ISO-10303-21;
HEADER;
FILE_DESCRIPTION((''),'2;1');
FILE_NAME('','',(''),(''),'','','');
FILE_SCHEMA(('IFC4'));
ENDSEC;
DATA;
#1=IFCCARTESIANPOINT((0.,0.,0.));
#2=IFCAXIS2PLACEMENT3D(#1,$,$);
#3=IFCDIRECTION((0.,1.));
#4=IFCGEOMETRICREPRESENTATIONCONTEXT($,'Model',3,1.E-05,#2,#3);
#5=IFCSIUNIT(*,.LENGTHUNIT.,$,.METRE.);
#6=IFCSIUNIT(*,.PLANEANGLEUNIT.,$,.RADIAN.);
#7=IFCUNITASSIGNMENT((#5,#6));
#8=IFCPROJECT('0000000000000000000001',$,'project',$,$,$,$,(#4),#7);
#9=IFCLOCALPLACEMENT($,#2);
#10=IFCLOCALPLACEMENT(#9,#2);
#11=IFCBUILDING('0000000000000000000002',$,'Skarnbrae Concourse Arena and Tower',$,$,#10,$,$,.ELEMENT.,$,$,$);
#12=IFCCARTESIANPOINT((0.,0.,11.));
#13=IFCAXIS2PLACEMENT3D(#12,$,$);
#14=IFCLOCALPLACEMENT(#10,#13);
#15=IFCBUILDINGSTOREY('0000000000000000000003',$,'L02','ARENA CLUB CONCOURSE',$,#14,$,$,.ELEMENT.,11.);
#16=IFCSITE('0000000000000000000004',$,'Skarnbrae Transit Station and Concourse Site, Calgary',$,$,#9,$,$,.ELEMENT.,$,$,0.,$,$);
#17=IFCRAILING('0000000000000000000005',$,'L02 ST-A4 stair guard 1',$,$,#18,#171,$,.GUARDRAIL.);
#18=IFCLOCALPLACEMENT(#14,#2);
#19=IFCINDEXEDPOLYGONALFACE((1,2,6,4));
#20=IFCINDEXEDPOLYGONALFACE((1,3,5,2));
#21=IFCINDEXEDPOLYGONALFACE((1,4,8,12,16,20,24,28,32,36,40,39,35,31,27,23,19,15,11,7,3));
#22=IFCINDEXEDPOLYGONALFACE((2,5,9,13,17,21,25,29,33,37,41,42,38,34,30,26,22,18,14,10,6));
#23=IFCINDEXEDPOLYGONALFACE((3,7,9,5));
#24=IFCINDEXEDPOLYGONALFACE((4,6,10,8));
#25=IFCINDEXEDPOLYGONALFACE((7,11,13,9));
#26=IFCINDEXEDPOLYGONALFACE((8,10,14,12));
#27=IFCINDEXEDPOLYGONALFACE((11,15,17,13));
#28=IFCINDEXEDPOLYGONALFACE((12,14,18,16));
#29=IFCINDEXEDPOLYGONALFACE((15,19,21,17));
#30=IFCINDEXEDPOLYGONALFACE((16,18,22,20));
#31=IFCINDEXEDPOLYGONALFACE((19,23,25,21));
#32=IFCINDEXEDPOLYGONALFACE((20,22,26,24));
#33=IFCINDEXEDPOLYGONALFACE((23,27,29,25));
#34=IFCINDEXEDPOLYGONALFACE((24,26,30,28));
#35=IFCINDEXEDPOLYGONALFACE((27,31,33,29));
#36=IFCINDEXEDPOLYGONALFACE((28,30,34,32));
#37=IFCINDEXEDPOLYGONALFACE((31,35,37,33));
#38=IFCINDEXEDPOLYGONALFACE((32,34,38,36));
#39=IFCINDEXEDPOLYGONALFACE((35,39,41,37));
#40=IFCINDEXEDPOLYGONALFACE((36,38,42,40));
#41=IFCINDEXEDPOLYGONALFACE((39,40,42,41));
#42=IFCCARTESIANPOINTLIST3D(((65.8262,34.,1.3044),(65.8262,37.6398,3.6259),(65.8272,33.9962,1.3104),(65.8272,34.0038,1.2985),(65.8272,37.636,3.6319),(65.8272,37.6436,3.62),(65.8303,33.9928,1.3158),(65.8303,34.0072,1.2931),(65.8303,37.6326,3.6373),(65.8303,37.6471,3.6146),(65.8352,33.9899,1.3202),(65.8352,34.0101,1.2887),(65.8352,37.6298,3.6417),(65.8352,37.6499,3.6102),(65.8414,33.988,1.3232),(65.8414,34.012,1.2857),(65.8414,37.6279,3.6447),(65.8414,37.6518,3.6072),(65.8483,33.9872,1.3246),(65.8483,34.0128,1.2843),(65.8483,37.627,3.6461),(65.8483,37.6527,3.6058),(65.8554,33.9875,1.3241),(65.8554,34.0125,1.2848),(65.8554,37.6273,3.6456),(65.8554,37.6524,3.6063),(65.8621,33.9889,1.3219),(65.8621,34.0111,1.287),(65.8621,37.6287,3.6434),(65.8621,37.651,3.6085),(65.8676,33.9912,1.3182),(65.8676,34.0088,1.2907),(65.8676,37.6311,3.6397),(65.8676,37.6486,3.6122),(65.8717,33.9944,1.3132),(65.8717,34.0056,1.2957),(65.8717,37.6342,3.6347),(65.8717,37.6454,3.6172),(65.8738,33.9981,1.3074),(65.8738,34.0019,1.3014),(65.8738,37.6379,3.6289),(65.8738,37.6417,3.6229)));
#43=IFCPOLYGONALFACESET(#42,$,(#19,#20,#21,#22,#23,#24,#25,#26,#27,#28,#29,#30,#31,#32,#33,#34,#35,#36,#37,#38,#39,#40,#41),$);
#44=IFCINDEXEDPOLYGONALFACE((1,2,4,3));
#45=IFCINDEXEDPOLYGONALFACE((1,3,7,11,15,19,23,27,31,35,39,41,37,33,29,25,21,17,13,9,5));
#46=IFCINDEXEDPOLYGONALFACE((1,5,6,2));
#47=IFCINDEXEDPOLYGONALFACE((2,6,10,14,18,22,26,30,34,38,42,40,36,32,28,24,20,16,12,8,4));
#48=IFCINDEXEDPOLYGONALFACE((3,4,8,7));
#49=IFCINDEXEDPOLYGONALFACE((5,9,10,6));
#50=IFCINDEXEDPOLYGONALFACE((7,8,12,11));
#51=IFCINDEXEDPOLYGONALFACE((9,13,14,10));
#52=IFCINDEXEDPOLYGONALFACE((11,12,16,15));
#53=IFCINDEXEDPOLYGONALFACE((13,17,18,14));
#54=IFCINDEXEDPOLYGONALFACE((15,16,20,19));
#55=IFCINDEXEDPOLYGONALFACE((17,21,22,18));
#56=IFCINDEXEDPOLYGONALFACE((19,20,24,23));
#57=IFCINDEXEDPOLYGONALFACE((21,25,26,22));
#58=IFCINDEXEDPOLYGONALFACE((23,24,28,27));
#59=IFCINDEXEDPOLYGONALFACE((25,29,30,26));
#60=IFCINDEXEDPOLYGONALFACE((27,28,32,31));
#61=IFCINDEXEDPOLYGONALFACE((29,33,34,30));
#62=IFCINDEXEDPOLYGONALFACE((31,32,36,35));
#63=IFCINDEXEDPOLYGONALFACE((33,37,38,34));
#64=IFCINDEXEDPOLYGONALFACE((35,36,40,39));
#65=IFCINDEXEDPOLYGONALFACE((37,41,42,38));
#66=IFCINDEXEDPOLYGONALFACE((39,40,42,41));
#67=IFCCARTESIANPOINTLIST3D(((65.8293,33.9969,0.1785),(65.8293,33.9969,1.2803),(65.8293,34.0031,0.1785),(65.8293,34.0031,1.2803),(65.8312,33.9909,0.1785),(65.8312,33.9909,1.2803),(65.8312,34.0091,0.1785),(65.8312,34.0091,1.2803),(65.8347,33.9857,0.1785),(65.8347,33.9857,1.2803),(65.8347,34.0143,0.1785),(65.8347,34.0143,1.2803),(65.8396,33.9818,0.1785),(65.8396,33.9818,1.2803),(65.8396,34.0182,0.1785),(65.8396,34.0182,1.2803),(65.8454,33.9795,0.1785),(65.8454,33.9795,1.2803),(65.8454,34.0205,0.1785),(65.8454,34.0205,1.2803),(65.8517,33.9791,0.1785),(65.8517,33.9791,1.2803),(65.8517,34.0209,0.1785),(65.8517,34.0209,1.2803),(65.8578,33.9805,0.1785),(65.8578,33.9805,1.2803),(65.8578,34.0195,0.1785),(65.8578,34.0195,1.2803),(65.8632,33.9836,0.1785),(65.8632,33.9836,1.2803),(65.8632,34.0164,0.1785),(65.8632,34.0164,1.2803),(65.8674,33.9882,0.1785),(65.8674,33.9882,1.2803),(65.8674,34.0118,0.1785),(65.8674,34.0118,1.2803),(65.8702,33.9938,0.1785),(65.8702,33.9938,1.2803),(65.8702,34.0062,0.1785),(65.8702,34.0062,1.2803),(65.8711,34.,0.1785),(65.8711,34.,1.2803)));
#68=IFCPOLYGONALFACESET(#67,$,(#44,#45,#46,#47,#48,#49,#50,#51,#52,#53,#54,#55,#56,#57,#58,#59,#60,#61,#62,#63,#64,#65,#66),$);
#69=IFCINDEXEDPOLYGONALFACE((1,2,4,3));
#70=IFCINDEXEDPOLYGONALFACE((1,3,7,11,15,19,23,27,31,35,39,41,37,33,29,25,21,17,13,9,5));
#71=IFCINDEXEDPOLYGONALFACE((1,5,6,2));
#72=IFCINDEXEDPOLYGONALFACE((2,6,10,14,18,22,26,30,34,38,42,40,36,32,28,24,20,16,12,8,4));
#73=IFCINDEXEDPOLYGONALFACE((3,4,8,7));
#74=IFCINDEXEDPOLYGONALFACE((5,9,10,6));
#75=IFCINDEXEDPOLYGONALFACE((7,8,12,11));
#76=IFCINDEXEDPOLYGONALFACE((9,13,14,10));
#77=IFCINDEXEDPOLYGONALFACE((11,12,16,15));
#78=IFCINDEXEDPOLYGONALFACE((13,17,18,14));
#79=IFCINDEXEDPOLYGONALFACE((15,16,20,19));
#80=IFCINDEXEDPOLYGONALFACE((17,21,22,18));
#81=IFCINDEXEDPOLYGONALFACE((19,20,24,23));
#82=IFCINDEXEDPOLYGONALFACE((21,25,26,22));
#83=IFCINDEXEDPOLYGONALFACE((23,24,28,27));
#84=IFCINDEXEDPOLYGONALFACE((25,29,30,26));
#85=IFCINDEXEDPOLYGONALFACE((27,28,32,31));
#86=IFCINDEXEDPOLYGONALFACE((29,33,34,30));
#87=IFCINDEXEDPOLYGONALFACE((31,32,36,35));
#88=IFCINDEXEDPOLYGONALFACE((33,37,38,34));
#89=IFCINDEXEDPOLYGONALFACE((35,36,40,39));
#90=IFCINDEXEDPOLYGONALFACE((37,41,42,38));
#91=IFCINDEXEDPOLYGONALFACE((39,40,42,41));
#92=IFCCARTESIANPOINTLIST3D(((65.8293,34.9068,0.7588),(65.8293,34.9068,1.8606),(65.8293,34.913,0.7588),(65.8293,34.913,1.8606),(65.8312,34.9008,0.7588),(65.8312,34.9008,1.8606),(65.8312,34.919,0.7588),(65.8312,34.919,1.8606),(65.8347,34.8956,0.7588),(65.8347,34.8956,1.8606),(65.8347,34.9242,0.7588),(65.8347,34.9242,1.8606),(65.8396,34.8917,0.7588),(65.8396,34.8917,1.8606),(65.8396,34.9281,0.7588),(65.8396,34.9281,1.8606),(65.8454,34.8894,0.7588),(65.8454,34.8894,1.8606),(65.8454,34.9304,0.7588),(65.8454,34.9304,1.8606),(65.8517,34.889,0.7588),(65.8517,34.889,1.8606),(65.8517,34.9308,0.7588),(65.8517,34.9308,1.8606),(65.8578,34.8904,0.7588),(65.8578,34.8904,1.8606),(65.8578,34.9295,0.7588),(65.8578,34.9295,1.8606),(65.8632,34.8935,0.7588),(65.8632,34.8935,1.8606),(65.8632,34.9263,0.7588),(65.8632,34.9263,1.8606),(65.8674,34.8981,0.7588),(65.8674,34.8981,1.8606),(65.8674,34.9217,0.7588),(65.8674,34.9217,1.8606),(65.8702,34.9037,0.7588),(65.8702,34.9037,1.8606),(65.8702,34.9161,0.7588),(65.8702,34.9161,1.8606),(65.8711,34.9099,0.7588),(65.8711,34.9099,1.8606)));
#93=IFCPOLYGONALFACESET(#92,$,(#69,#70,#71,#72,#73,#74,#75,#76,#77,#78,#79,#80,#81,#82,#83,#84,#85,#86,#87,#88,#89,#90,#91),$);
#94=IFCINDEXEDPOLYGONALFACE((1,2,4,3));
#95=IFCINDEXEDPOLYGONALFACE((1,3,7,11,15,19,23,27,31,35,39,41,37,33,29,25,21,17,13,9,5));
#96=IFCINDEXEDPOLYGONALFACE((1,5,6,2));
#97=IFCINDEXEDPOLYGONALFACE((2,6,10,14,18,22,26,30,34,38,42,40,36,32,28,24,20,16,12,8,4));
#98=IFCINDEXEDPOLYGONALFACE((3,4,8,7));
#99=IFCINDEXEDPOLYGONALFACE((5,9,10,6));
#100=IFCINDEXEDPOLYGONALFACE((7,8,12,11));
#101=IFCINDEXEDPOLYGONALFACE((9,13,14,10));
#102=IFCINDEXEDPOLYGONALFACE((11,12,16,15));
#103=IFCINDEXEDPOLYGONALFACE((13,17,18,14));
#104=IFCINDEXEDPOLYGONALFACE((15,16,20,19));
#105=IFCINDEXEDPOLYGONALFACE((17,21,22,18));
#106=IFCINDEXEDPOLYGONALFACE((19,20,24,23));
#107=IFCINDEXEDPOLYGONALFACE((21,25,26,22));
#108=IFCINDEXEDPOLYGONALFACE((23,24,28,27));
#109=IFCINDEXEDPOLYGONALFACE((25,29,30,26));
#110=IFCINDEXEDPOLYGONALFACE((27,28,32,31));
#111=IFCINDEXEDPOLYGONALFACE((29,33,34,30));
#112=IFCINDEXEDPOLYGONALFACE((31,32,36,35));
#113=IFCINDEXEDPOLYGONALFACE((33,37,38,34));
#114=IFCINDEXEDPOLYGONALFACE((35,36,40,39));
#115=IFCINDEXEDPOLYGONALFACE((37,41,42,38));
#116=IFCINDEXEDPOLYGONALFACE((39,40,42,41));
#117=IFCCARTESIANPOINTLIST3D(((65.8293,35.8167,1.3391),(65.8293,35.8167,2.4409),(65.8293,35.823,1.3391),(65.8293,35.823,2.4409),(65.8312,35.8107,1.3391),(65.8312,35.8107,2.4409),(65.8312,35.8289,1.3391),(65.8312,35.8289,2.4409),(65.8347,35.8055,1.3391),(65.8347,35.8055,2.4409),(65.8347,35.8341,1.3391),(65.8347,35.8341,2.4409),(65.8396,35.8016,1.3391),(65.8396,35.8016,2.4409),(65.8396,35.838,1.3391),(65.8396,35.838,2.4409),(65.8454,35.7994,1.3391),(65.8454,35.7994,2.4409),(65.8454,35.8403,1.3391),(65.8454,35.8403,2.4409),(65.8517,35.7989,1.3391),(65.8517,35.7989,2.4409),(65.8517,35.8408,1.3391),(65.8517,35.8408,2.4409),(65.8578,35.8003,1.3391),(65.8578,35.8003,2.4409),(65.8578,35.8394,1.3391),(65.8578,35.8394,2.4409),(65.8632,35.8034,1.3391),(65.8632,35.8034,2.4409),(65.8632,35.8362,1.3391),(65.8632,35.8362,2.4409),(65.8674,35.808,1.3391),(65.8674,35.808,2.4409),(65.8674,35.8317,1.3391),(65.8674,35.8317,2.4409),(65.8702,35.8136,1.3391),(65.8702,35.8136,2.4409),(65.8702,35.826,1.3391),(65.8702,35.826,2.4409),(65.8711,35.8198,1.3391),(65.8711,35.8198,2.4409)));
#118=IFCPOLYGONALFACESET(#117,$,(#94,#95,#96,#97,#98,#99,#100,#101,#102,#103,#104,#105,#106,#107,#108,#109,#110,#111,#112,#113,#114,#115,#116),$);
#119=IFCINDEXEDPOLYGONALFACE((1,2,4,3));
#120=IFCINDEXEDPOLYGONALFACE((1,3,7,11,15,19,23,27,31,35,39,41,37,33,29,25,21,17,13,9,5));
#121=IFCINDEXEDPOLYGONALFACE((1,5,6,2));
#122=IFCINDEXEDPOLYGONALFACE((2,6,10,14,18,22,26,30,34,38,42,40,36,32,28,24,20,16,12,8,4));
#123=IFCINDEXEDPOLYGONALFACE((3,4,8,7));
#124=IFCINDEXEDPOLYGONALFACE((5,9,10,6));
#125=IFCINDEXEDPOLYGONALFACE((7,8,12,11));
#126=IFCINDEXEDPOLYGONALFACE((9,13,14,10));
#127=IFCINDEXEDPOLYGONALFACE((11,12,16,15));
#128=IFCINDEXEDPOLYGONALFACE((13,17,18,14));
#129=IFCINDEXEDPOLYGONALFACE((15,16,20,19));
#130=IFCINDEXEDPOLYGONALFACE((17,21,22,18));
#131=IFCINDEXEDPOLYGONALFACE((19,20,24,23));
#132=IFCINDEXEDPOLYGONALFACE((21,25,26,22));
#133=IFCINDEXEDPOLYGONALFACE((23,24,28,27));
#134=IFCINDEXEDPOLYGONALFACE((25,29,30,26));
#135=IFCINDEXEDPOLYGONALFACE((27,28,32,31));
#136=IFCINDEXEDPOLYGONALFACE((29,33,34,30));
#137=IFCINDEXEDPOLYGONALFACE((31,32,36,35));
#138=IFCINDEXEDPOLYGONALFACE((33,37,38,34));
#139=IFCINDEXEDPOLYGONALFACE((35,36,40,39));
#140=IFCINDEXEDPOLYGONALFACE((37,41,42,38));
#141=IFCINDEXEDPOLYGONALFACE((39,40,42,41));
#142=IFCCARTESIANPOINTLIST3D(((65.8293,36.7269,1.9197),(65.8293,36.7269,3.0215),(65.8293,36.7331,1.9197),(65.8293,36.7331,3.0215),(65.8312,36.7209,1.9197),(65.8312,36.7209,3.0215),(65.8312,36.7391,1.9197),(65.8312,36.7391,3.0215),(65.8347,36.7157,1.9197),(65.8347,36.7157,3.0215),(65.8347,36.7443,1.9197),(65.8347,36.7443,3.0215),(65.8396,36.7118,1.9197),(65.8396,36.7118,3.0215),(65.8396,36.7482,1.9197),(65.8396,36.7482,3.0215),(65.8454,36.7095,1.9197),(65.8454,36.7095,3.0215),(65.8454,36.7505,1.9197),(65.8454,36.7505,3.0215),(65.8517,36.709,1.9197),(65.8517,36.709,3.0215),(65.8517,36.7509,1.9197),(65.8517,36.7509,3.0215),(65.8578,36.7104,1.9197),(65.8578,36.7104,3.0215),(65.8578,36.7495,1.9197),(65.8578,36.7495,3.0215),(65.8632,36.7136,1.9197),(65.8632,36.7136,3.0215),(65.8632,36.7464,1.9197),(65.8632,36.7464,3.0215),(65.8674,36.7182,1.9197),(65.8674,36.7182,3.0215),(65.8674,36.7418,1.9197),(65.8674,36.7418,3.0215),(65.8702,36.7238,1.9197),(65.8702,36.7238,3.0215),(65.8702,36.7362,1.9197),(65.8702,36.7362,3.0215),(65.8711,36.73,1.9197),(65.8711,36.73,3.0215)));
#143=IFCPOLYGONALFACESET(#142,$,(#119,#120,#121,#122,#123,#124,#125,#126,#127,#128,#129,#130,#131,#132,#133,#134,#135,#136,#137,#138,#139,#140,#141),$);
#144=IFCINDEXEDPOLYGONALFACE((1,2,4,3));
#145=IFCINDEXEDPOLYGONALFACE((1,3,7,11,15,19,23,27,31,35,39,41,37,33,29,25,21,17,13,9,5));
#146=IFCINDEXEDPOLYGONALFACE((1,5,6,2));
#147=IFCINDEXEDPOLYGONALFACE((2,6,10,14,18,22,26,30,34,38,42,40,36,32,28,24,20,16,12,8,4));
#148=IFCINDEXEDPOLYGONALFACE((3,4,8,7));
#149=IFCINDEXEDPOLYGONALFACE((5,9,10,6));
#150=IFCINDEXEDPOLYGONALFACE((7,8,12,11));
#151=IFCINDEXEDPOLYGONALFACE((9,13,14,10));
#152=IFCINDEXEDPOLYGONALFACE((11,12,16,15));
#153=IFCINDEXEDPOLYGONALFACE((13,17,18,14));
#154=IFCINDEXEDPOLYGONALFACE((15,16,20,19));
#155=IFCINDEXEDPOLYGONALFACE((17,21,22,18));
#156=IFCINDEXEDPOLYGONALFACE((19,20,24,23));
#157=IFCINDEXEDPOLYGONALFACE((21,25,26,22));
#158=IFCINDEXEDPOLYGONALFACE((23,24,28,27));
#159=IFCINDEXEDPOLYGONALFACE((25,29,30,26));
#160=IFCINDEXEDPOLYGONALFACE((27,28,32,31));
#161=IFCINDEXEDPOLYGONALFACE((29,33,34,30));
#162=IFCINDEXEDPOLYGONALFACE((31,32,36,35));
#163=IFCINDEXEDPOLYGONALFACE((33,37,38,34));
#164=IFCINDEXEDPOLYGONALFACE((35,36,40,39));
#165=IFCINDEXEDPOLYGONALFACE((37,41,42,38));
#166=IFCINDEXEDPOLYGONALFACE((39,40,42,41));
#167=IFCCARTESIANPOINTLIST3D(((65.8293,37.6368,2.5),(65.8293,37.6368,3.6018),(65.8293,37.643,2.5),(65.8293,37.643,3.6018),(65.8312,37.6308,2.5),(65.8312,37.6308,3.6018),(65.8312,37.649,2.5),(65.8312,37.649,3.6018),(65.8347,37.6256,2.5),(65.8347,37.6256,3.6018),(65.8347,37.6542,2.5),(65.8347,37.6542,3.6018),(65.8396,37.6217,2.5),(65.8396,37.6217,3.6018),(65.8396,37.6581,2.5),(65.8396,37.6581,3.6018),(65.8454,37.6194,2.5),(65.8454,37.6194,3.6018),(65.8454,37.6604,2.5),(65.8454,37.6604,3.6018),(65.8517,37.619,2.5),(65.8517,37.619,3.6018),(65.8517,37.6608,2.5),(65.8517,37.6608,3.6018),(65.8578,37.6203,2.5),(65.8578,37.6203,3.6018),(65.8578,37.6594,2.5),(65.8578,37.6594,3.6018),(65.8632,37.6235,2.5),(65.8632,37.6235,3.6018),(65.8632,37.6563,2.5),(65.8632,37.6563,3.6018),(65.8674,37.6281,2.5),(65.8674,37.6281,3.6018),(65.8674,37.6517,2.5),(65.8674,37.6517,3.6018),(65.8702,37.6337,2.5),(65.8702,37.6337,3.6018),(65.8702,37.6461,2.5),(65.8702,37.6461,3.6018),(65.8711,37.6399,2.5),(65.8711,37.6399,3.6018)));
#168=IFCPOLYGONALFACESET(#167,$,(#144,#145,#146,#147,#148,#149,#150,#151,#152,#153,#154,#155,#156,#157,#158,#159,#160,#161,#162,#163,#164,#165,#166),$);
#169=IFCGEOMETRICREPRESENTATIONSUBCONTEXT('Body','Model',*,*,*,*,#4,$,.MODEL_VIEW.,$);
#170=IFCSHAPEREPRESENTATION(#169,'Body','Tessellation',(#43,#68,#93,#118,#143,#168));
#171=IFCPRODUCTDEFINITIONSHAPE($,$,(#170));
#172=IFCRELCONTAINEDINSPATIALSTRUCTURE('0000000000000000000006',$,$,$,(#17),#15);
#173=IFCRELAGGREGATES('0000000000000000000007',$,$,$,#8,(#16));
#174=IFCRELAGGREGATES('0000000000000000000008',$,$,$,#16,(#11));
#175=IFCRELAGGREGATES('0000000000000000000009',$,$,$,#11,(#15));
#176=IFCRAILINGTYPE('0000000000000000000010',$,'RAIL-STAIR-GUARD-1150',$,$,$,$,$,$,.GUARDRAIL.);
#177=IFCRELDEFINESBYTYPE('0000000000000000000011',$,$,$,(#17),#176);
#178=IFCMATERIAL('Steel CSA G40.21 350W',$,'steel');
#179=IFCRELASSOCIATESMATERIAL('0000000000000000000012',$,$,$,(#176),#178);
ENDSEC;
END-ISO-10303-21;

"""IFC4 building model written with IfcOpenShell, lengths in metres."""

from ifc_helpers import new_model, si_unit, direction, frame, origin, origin_2d, place, context, subcontext, project, spatial, circle, extrude, material, type_object, element, save


model = new_model("IFC4")

# Units and contexts
model_context = context("Model", 3, precision=1e-05, world=origin(), true_north=direction((0.0, 1.0)))
body_context = subcontext(model_context, "Body", "Model", "MODEL_VIEW")
ifc_project = project(units=[si_unit("LENGTHUNIT", "METRE"), si_unit("PLANEANGLEUNIT", "RADIAN")], contexts=[model_context])

# Site, building, storey
site_placement = place(None, origin())
site = spatial("IfcSite", under=ifc_project, at=site_placement, Name="Skarnbrae Transit Station and Concourse Site, Calgary", CompositionType="ELEMENT", RefElevation=0.0)
building_placement = place(site_placement, origin())
building = spatial("IfcBuilding", under=site, at=building_placement, Name="Skarnbrae Concourse Arena and Tower", CompositionType="ELEMENT")
storey_placement = place(building_placement, frame((0.0, 0.0, 11.0)))
storey = spatial("IfcBuildingStorey", under=building, at=storey_placement, Name="L02", Description="ARENA CLUB CONCOURSE", CompositionType="ELEMENT", Elevation=11.0)

# Shared definitions
ifc_material_1 = material(Name="Steel CSA G40.21 350W", Category="steel")

# Railing
railing_type_1 = type_object("IfcRailingType", Name="RAIL-STAIR-GUARD-1150", PredefinedType="GUARDRAIL", material=ifc_material_1)
railing_1_placement = place(storey_placement, frame((65.8501, 34.0, 0.1785)))
element("IfcRailing", 1, at=railing_1_placement, inside=storey, type_object=railing_type_1, Name="L02 ST-A4 stair guard 1", PredefinedType="GUARDRAIL", context=body_context, shape_type="SweptSolid", body=[
    extrude(circle(Radius=0.0239, at=origin_2d()), frame((0.0, 0.0, 1.126), z_axis=(0.0, 0.843112, 0.537739), x_axis=(-1.0, 0.0, 0.0)), (0.0, 0.0, 1.0), 4.3171),
    extrude(circle(Radius=0.021, at=origin_2d()), origin(), (0.0, 0.0, 1.0), 1.1018),
    extrude(circle(Radius=0.021, at=origin_2d()), frame((0.0, 0.9099, 0.5803)), (0.0, 0.0, 1.0), 1.1018),
    extrude(circle(Radius=0.021, at=origin_2d()), frame((0.0, 1.8198, 1.1606)), (0.0, 0.0, 1.0), 1.1018),
    extrude(circle(Radius=0.021, at=origin_2d()), frame((0.0, 2.73, 1.7412)), (0.0, 0.0, 1.0), 1.1018),
    extrude(circle(Radius=0.021, at=origin_2d()), frame((0.0, 3.6399, 2.3215)), (0.0, 0.0, 1.0), 1.1018),
])

save(model, "model.ifc")
